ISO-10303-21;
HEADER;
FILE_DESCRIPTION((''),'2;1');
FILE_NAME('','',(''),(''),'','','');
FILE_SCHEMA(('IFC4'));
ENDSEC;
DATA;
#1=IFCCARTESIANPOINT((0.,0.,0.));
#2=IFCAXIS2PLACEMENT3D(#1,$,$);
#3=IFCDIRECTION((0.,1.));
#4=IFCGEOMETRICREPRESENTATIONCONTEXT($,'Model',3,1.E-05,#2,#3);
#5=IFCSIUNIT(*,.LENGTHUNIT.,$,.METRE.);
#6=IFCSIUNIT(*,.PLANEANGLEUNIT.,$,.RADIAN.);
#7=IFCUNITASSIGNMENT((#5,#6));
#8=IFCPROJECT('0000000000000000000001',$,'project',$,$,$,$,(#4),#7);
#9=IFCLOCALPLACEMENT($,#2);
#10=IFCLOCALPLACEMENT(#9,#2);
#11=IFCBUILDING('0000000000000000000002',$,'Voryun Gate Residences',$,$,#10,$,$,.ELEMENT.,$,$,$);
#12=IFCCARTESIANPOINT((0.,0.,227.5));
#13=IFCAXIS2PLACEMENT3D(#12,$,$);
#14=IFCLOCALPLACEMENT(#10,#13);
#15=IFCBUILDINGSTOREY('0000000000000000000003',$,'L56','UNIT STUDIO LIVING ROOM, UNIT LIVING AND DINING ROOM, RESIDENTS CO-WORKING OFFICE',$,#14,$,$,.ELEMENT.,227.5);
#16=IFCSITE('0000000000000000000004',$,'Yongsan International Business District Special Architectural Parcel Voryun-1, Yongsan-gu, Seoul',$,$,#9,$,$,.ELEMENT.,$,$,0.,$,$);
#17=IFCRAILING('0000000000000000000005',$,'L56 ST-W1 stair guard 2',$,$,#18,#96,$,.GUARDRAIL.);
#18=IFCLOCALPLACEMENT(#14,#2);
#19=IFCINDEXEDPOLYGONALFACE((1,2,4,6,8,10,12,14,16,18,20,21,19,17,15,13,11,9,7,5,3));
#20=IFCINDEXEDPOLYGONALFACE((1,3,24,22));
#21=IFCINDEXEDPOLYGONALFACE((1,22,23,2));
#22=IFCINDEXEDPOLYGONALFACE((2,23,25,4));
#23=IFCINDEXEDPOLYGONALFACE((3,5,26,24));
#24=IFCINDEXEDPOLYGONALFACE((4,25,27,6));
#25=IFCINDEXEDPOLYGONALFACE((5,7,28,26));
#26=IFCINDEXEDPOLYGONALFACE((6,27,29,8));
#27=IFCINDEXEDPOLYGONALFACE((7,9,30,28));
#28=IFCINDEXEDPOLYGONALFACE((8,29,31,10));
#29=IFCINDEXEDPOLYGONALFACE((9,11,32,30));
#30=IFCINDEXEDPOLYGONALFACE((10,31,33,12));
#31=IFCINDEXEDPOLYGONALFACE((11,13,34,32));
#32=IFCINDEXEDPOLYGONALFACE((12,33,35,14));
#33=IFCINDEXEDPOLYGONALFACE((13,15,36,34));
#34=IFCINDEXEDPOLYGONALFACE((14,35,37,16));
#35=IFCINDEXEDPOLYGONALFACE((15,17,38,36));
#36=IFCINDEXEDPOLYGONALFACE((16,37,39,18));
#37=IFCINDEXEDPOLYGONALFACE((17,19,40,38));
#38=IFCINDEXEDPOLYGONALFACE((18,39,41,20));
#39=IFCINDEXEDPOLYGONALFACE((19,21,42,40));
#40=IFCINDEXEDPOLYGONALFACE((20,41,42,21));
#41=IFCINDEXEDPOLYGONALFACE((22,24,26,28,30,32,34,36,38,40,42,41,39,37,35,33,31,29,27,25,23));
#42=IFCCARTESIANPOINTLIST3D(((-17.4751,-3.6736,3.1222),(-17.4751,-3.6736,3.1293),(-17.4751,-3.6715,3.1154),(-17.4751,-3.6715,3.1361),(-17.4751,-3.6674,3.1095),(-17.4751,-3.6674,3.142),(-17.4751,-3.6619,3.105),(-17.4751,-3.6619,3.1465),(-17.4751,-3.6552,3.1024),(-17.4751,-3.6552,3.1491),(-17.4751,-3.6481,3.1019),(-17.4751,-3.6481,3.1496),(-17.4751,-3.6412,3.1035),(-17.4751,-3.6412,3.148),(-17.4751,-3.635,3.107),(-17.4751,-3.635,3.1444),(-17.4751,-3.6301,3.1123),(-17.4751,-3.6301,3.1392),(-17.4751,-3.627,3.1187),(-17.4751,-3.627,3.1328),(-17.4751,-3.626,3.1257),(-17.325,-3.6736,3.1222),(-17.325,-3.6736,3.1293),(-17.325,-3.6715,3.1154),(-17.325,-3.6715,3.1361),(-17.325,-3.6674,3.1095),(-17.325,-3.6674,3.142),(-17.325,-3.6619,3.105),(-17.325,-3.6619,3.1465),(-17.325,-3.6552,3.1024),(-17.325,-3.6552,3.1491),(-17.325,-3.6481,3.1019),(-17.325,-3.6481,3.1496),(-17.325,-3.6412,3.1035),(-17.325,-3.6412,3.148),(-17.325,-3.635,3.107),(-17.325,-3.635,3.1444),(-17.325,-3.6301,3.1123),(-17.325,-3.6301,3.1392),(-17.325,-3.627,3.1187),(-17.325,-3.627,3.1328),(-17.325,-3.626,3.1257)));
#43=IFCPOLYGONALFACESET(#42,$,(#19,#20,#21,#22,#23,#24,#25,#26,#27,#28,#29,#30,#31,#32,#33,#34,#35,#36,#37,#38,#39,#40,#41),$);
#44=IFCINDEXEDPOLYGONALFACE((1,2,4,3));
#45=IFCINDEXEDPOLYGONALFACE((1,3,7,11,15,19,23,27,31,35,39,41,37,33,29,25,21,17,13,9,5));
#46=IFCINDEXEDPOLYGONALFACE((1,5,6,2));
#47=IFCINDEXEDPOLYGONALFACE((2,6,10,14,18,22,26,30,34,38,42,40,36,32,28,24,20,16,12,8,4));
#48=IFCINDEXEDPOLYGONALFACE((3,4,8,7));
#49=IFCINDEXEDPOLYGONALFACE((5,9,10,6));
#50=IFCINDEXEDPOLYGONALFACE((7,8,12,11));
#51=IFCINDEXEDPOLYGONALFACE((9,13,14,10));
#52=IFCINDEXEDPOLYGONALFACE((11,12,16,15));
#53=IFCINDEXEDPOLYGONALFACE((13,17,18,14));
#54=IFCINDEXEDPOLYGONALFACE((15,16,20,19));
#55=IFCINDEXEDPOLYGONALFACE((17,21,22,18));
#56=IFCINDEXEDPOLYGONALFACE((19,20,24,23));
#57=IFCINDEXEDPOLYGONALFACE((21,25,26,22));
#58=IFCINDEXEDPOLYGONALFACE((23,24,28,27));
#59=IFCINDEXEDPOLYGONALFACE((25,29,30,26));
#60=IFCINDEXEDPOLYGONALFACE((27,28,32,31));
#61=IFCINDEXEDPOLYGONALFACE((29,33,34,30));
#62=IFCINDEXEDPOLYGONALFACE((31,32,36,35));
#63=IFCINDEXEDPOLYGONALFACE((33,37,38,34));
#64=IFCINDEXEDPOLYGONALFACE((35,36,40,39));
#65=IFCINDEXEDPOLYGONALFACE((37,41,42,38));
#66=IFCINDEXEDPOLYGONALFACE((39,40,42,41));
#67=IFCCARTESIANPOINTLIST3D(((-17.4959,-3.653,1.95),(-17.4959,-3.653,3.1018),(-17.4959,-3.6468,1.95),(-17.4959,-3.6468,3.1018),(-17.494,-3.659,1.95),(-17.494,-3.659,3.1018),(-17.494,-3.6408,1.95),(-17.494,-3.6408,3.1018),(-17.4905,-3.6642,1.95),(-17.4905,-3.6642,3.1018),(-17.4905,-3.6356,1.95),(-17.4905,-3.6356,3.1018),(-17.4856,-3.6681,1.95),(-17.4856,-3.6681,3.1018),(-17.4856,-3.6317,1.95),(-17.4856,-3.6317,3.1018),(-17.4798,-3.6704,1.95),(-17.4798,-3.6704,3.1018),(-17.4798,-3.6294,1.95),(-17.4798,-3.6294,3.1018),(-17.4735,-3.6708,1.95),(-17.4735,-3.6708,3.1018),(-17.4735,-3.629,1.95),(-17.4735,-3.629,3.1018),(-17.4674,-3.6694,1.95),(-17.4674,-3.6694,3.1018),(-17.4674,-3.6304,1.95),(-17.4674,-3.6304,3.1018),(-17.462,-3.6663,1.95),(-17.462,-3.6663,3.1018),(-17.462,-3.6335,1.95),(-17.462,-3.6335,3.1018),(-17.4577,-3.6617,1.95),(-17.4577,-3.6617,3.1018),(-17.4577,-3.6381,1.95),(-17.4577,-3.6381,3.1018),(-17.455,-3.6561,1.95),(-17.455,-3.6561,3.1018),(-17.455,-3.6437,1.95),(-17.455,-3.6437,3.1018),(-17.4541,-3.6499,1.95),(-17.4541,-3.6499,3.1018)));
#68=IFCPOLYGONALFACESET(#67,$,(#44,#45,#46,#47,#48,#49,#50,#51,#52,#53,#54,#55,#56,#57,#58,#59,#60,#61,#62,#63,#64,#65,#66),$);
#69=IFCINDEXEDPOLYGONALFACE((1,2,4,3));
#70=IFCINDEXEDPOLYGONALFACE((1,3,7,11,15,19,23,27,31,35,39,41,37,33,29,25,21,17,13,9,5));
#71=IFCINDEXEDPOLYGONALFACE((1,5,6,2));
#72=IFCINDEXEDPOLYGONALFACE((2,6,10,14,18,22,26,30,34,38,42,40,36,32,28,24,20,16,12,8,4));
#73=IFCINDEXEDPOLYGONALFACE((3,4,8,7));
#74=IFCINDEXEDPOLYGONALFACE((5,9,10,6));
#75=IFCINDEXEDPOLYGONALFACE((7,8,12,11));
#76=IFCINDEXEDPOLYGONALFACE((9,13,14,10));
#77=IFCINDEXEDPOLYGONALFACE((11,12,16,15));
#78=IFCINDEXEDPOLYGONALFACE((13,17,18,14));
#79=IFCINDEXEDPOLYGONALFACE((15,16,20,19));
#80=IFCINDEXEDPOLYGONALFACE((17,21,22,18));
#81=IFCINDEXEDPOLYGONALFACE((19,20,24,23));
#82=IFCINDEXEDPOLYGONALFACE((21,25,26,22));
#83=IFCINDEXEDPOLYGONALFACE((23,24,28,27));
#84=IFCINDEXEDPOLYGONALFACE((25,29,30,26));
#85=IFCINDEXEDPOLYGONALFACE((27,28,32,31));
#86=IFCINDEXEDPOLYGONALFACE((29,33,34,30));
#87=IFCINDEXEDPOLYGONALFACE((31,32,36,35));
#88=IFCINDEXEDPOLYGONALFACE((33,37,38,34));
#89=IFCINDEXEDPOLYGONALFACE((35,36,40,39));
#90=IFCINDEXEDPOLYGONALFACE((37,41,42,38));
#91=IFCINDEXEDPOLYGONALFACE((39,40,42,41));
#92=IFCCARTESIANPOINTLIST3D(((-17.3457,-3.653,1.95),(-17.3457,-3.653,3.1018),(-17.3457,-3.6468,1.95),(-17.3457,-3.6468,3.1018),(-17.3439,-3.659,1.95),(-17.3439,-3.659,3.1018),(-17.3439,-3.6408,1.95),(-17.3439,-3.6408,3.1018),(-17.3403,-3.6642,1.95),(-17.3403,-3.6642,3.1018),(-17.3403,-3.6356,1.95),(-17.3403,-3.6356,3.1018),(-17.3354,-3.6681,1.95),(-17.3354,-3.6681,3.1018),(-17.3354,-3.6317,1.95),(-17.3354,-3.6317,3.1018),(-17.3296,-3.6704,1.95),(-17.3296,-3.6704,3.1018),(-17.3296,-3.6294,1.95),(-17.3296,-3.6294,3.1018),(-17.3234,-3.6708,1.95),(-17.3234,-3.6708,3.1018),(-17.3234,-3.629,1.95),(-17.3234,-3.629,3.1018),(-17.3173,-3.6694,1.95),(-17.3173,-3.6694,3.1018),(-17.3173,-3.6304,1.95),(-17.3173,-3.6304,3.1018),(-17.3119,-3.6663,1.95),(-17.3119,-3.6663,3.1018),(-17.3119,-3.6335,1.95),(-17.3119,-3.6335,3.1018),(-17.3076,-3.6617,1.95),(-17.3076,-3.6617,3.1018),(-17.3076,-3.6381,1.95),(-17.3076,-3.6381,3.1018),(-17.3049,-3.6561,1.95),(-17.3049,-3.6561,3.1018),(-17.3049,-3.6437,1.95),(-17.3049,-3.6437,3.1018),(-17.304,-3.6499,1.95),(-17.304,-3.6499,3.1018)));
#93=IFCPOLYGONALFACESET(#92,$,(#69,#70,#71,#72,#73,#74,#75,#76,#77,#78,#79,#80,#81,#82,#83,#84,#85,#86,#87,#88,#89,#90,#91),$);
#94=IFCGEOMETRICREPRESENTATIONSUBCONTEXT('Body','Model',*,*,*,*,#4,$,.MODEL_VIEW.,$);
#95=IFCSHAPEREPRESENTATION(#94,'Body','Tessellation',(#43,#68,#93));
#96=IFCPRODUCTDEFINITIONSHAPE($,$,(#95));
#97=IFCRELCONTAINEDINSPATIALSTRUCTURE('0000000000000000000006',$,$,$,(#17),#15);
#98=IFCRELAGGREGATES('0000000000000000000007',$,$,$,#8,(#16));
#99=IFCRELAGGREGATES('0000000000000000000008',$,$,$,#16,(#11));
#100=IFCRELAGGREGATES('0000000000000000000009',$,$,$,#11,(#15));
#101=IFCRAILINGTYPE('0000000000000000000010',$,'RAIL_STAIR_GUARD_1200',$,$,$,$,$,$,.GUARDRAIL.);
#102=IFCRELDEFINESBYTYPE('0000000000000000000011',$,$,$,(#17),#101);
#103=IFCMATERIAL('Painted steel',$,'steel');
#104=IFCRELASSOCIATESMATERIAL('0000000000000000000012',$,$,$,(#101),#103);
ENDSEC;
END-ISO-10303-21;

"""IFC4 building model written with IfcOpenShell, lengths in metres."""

from ifc_helpers import new_model, si_unit, direction, frame, origin, origin_2d, place, context, subcontext, project, spatial, circle, extrude, material, type_object, element, save


model = new_model("IFC4")

# Units and contexts
model_context = context("Model", 3, precision=1e-05, world=origin(), true_north=direction((0.0, 1.0)))
body_context = subcontext(model_context, "Body", "Model", "MODEL_VIEW")
ifc_project = project(units=[si_unit("LENGTHUNIT", "METRE"), si_unit("PLANEANGLEUNIT", "RADIAN")], contexts=[model_context])

# Site, building, storey
site_placement = place(None, origin())
site = spatial("IfcSite", under=ifc_project, at=site_placement, Name="Yongsan International Business District Special Architectural Parcel Voryun-1, Yongsan-gu, Seoul", CompositionType="ELEMENT", RefElevation=0.0)
building_placement = place(site_placement, origin())
building = spatial("IfcBuilding", under=site, at=building_placement, Name="Voryun Gate Residences", CompositionType="ELEMENT")
storey_placement = place(building_placement, frame((0.0, 0.0, 227.5)))
storey = spatial("IfcBuildingStorey", under=building, at=storey_placement, Name="L56", Description="UNIT STUDIO LIVING ROOM, UNIT LIVING AND DINING ROOM, RESIDENTS CO-WORKING OFFICE", CompositionType="ELEMENT", Elevation=227.5)

# Railing
ifc_material_1 = material(Name="Painted steel", Category="steel")
railing_type_1 = type_object("IfcRailingType", Name="RAIL_STAIR_GUARD_1200", PredefinedType="GUARDRAIL", material=ifc_material_1)
railing_1_placement = place(storey_placement, frame((-17.4751, -3.6499, 1.95)))
element("IfcRailing", 1, at=railing_1_placement, inside=storey, type_object=railing_type_1, Name="L56 ST-W1 stair guard 2", PredefinedType="GUARDRAIL", context=body_context, shape_type="SweptSolid", body=[
    extrude(circle(Radius=0.0239, at=origin_2d()), frame((0.0, 0.0, 1.1758), z_axis=(1.0, 0.0, 0.0), x_axis=(0.0, 1.0, 0.0)), (0.0, 0.0, 1.0), 0.1501),
    extrude(circle(Radius=0.021, at=origin_2d()), origin(), (0.0, 0.0, 1.0), 1.1519),
    extrude(circle(Radius=0.021, at=origin_2d()), frame((0.1501, 0.0, 0.0)), (0.0, 0.0, 1.0), 1.1519),
])

save(model, "model.ifc")
